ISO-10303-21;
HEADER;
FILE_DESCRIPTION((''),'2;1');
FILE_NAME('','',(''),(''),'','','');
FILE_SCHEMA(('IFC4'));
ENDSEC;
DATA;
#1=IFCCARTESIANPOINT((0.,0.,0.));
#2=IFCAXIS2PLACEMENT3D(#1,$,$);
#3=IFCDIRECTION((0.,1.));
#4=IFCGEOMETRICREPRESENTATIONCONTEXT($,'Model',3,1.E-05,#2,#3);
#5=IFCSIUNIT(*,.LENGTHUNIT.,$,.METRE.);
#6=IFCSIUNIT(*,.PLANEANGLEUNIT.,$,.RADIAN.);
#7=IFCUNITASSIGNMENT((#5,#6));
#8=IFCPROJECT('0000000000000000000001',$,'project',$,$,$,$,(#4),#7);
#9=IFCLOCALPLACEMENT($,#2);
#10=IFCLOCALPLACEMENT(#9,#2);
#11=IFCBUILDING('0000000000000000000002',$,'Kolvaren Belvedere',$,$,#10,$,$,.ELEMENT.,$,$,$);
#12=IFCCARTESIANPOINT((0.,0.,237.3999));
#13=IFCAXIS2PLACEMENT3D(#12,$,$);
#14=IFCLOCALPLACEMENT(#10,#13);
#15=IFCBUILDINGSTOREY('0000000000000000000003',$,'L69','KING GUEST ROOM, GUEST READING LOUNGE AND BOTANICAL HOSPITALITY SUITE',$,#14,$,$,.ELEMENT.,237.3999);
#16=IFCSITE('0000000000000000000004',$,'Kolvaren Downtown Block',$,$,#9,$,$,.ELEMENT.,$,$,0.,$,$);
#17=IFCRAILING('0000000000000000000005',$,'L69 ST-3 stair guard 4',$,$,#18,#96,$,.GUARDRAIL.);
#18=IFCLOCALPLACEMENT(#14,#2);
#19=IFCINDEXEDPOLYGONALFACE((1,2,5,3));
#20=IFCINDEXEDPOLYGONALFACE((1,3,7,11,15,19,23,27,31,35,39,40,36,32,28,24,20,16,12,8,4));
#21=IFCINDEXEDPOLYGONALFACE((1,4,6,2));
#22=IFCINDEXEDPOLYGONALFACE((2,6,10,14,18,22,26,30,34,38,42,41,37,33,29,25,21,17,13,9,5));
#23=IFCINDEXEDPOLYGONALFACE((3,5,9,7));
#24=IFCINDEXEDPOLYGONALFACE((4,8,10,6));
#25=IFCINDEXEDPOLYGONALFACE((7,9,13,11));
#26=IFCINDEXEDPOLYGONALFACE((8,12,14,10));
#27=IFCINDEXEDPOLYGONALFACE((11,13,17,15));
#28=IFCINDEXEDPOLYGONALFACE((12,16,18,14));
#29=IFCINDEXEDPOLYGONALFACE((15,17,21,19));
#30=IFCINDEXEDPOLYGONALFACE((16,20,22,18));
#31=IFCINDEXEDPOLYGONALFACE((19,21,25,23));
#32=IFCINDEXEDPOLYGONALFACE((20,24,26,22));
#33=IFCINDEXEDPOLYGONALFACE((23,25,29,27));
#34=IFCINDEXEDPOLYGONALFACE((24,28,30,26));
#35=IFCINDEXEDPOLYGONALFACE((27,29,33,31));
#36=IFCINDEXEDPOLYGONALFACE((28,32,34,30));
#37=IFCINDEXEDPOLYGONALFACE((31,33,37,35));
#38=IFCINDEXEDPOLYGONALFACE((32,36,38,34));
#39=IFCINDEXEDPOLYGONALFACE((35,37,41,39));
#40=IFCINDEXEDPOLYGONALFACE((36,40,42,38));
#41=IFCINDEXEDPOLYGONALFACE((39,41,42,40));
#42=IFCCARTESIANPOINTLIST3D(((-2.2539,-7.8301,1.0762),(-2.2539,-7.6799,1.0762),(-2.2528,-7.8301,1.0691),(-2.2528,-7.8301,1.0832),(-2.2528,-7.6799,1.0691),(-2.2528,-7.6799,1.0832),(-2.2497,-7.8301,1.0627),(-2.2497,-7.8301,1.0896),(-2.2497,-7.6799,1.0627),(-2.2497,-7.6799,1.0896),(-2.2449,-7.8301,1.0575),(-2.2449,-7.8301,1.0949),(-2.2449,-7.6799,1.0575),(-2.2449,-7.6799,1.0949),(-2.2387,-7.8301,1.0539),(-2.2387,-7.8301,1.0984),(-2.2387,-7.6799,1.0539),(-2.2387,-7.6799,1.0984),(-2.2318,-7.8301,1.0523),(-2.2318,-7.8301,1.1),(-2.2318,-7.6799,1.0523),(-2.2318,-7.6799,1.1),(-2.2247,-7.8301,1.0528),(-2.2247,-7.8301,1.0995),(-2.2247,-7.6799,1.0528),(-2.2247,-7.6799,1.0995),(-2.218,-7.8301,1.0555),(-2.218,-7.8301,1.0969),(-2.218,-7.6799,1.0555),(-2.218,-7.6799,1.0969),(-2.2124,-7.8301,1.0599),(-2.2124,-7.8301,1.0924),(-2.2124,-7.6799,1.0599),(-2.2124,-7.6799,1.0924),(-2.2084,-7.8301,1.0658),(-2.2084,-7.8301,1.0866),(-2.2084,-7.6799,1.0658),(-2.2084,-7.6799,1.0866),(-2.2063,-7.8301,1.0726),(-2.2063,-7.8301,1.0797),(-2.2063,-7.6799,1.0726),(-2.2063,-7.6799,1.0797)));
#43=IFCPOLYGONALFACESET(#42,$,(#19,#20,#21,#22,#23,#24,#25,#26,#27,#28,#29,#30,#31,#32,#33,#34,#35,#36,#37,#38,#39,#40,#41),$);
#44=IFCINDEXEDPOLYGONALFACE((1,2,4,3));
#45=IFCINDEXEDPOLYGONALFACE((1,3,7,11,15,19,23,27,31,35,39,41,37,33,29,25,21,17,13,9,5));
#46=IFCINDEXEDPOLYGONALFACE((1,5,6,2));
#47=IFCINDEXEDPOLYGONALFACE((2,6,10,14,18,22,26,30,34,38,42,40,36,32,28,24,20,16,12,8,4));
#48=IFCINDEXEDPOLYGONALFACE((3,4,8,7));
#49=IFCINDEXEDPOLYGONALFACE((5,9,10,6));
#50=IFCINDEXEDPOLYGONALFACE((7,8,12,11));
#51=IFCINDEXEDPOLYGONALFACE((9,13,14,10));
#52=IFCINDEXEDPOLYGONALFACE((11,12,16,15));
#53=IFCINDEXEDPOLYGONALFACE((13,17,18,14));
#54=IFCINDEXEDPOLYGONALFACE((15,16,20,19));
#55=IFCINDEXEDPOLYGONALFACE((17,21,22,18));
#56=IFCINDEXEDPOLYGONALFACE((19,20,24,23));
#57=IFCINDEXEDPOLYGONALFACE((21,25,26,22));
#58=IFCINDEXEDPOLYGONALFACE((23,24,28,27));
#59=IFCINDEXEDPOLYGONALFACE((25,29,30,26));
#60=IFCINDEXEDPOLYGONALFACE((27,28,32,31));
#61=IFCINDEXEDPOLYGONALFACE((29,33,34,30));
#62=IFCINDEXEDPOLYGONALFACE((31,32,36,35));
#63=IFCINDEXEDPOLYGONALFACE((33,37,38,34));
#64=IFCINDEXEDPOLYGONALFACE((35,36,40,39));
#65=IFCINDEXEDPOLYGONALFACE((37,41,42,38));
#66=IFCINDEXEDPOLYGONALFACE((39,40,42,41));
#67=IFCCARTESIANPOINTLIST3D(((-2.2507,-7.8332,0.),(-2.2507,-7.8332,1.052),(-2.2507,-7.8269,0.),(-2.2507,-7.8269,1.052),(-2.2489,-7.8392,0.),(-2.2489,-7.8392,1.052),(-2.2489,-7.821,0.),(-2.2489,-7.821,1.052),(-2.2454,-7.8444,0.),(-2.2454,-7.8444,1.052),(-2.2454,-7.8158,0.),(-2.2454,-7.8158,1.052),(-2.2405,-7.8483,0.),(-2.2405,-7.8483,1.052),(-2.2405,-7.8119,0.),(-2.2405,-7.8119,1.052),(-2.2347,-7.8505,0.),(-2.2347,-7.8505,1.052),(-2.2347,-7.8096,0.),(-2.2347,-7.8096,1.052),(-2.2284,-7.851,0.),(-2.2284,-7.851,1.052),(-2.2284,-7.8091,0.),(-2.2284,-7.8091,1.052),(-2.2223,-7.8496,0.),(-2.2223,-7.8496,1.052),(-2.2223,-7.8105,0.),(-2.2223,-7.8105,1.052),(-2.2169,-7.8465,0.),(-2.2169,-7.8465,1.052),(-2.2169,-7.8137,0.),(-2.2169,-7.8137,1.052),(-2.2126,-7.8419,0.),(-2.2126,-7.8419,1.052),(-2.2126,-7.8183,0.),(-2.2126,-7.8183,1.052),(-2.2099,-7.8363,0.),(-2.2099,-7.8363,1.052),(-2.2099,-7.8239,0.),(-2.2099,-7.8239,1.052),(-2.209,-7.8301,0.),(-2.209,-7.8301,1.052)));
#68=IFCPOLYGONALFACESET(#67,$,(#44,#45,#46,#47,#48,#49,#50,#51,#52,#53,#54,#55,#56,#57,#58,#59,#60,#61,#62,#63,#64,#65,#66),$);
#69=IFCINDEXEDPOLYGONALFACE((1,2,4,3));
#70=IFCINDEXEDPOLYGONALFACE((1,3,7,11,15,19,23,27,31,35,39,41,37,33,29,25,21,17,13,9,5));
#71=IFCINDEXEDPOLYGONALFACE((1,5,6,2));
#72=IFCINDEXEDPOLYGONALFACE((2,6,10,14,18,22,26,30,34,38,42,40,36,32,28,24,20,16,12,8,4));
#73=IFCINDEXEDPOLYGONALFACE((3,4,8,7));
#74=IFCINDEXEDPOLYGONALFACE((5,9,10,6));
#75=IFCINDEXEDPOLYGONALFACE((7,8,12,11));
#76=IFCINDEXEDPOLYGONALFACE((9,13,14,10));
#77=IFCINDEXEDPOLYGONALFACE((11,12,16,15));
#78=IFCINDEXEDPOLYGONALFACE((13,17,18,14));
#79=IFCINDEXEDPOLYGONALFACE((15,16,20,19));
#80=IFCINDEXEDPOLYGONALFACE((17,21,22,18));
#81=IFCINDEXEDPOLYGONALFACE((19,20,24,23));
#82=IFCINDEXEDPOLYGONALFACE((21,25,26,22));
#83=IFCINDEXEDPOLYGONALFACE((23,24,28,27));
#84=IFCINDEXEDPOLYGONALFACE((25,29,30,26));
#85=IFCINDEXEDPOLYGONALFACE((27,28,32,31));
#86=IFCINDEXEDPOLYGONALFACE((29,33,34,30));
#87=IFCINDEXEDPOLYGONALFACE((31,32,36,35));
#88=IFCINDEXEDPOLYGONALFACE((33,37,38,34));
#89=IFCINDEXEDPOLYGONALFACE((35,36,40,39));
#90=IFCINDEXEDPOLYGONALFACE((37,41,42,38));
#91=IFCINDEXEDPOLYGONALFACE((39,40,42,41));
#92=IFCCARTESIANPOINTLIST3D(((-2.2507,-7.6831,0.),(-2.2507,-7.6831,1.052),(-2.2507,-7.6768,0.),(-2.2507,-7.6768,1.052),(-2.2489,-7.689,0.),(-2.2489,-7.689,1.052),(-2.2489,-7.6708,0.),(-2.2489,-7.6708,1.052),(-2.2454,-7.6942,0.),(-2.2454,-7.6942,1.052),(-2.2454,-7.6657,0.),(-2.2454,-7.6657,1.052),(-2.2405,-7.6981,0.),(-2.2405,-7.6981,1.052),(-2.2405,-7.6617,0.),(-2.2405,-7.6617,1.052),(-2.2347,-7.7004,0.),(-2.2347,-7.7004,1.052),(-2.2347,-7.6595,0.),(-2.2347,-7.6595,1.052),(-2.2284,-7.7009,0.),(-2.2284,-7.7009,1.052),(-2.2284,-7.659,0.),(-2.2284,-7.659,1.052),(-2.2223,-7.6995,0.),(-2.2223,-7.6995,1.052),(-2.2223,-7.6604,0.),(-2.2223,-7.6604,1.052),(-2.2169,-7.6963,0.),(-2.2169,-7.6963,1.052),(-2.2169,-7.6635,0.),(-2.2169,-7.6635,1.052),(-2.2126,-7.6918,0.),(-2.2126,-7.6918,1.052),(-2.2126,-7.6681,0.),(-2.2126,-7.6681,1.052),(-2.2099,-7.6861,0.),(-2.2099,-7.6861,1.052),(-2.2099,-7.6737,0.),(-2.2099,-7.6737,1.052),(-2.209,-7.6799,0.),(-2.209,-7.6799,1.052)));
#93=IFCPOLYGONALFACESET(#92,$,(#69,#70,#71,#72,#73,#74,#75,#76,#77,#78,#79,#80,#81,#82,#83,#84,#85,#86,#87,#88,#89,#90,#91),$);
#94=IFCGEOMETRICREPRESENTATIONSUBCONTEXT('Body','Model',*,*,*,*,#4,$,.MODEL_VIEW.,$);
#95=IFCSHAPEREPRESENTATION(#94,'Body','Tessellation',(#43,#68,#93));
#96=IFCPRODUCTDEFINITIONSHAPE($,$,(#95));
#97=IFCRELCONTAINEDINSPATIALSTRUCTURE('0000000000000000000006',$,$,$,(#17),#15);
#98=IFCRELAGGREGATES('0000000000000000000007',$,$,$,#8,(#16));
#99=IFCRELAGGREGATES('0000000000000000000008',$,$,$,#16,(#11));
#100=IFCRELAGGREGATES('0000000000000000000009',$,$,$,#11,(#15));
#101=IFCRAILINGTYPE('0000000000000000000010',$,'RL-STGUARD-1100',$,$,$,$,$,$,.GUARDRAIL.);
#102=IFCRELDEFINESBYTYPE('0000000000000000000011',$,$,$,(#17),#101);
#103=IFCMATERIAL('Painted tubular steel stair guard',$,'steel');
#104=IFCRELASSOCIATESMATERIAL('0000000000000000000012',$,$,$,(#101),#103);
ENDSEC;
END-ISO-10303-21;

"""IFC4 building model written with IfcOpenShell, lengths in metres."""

from ifc_helpers import new_model, si_unit, direction, frame, origin, origin_2d, place, context, subcontext, project, spatial, circle, extrude, material, type_object, element, save


model = new_model("IFC4")

# Units and contexts
model_context = context("Model", 3, precision=1e-05, world=origin(), true_north=direction((0.0, 1.0)))
body_context = subcontext(model_context, "Body", "Model", "MODEL_VIEW")
ifc_project = project(units=[si_unit("LENGTHUNIT", "METRE"), si_unit("PLANEANGLEUNIT", "RADIAN")], contexts=[model_context])

# Site, building, storey
site_placement = place(None, origin())
site = spatial("IfcSite", under=ifc_project, at=site_placement, Name="Kolvaren Downtown Block", CompositionType="ELEMENT", RefElevation=0.0)
building_placement = place(site_placement, origin())
building = spatial("IfcBuilding", under=site, at=building_placement, Name="Kolvaren Belvedere", CompositionType="ELEMENT")
storey_placement = place(building_placement, frame((0.0, 0.0, 237.3999)))
storey = spatial("IfcBuildingStorey", under=building, at=storey_placement, Name="L69", Description="KING GUEST ROOM, GUEST READING LOUNGE AND BOTANICAL HOSPITALITY SUITE", CompositionType="ELEMENT", Elevation=237.3999)

# Railing
ifc_material_1 = material(Name="Painted tubular steel stair guard", Category="steel")
railing_type_1 = type_object("IfcRailingType", Name="RL-STGUARD-1100", PredefinedType="GUARDRAIL", material=ifc_material_1)
railing_1_placement = place(storey_placement, frame((-2.23, -7.8301, 0.0)))
element("IfcRailing", 1, at=railing_1_placement, inside=storey, type_object=railing_type_1, Name="L69 ST-3 stair guard 4", PredefinedType="GUARDRAIL", context=body_context, shape_type="SweptSolid", body=[
    extrude(circle(Radius=0.0239, at=origin_2d()), frame((0.0, 0.0, 1.0762), z_axis=(0.0, 1.0, 0.0), x_axis=(-1.0, 0.0, 0.0)), (0.0, 0.0, 1.0), 0.1501),
    extrude(circle(Radius=0.021, at=origin_2d()), origin(), (0.0, 0.0, 1.0), 1.052),
    extrude(circle(Radius=0.021, at=origin_2d()), frame((0.0, 0.1501, 0.0)), (0.0, 0.0, 1.0), 1.052),
])

save(model, "model.ifc")
